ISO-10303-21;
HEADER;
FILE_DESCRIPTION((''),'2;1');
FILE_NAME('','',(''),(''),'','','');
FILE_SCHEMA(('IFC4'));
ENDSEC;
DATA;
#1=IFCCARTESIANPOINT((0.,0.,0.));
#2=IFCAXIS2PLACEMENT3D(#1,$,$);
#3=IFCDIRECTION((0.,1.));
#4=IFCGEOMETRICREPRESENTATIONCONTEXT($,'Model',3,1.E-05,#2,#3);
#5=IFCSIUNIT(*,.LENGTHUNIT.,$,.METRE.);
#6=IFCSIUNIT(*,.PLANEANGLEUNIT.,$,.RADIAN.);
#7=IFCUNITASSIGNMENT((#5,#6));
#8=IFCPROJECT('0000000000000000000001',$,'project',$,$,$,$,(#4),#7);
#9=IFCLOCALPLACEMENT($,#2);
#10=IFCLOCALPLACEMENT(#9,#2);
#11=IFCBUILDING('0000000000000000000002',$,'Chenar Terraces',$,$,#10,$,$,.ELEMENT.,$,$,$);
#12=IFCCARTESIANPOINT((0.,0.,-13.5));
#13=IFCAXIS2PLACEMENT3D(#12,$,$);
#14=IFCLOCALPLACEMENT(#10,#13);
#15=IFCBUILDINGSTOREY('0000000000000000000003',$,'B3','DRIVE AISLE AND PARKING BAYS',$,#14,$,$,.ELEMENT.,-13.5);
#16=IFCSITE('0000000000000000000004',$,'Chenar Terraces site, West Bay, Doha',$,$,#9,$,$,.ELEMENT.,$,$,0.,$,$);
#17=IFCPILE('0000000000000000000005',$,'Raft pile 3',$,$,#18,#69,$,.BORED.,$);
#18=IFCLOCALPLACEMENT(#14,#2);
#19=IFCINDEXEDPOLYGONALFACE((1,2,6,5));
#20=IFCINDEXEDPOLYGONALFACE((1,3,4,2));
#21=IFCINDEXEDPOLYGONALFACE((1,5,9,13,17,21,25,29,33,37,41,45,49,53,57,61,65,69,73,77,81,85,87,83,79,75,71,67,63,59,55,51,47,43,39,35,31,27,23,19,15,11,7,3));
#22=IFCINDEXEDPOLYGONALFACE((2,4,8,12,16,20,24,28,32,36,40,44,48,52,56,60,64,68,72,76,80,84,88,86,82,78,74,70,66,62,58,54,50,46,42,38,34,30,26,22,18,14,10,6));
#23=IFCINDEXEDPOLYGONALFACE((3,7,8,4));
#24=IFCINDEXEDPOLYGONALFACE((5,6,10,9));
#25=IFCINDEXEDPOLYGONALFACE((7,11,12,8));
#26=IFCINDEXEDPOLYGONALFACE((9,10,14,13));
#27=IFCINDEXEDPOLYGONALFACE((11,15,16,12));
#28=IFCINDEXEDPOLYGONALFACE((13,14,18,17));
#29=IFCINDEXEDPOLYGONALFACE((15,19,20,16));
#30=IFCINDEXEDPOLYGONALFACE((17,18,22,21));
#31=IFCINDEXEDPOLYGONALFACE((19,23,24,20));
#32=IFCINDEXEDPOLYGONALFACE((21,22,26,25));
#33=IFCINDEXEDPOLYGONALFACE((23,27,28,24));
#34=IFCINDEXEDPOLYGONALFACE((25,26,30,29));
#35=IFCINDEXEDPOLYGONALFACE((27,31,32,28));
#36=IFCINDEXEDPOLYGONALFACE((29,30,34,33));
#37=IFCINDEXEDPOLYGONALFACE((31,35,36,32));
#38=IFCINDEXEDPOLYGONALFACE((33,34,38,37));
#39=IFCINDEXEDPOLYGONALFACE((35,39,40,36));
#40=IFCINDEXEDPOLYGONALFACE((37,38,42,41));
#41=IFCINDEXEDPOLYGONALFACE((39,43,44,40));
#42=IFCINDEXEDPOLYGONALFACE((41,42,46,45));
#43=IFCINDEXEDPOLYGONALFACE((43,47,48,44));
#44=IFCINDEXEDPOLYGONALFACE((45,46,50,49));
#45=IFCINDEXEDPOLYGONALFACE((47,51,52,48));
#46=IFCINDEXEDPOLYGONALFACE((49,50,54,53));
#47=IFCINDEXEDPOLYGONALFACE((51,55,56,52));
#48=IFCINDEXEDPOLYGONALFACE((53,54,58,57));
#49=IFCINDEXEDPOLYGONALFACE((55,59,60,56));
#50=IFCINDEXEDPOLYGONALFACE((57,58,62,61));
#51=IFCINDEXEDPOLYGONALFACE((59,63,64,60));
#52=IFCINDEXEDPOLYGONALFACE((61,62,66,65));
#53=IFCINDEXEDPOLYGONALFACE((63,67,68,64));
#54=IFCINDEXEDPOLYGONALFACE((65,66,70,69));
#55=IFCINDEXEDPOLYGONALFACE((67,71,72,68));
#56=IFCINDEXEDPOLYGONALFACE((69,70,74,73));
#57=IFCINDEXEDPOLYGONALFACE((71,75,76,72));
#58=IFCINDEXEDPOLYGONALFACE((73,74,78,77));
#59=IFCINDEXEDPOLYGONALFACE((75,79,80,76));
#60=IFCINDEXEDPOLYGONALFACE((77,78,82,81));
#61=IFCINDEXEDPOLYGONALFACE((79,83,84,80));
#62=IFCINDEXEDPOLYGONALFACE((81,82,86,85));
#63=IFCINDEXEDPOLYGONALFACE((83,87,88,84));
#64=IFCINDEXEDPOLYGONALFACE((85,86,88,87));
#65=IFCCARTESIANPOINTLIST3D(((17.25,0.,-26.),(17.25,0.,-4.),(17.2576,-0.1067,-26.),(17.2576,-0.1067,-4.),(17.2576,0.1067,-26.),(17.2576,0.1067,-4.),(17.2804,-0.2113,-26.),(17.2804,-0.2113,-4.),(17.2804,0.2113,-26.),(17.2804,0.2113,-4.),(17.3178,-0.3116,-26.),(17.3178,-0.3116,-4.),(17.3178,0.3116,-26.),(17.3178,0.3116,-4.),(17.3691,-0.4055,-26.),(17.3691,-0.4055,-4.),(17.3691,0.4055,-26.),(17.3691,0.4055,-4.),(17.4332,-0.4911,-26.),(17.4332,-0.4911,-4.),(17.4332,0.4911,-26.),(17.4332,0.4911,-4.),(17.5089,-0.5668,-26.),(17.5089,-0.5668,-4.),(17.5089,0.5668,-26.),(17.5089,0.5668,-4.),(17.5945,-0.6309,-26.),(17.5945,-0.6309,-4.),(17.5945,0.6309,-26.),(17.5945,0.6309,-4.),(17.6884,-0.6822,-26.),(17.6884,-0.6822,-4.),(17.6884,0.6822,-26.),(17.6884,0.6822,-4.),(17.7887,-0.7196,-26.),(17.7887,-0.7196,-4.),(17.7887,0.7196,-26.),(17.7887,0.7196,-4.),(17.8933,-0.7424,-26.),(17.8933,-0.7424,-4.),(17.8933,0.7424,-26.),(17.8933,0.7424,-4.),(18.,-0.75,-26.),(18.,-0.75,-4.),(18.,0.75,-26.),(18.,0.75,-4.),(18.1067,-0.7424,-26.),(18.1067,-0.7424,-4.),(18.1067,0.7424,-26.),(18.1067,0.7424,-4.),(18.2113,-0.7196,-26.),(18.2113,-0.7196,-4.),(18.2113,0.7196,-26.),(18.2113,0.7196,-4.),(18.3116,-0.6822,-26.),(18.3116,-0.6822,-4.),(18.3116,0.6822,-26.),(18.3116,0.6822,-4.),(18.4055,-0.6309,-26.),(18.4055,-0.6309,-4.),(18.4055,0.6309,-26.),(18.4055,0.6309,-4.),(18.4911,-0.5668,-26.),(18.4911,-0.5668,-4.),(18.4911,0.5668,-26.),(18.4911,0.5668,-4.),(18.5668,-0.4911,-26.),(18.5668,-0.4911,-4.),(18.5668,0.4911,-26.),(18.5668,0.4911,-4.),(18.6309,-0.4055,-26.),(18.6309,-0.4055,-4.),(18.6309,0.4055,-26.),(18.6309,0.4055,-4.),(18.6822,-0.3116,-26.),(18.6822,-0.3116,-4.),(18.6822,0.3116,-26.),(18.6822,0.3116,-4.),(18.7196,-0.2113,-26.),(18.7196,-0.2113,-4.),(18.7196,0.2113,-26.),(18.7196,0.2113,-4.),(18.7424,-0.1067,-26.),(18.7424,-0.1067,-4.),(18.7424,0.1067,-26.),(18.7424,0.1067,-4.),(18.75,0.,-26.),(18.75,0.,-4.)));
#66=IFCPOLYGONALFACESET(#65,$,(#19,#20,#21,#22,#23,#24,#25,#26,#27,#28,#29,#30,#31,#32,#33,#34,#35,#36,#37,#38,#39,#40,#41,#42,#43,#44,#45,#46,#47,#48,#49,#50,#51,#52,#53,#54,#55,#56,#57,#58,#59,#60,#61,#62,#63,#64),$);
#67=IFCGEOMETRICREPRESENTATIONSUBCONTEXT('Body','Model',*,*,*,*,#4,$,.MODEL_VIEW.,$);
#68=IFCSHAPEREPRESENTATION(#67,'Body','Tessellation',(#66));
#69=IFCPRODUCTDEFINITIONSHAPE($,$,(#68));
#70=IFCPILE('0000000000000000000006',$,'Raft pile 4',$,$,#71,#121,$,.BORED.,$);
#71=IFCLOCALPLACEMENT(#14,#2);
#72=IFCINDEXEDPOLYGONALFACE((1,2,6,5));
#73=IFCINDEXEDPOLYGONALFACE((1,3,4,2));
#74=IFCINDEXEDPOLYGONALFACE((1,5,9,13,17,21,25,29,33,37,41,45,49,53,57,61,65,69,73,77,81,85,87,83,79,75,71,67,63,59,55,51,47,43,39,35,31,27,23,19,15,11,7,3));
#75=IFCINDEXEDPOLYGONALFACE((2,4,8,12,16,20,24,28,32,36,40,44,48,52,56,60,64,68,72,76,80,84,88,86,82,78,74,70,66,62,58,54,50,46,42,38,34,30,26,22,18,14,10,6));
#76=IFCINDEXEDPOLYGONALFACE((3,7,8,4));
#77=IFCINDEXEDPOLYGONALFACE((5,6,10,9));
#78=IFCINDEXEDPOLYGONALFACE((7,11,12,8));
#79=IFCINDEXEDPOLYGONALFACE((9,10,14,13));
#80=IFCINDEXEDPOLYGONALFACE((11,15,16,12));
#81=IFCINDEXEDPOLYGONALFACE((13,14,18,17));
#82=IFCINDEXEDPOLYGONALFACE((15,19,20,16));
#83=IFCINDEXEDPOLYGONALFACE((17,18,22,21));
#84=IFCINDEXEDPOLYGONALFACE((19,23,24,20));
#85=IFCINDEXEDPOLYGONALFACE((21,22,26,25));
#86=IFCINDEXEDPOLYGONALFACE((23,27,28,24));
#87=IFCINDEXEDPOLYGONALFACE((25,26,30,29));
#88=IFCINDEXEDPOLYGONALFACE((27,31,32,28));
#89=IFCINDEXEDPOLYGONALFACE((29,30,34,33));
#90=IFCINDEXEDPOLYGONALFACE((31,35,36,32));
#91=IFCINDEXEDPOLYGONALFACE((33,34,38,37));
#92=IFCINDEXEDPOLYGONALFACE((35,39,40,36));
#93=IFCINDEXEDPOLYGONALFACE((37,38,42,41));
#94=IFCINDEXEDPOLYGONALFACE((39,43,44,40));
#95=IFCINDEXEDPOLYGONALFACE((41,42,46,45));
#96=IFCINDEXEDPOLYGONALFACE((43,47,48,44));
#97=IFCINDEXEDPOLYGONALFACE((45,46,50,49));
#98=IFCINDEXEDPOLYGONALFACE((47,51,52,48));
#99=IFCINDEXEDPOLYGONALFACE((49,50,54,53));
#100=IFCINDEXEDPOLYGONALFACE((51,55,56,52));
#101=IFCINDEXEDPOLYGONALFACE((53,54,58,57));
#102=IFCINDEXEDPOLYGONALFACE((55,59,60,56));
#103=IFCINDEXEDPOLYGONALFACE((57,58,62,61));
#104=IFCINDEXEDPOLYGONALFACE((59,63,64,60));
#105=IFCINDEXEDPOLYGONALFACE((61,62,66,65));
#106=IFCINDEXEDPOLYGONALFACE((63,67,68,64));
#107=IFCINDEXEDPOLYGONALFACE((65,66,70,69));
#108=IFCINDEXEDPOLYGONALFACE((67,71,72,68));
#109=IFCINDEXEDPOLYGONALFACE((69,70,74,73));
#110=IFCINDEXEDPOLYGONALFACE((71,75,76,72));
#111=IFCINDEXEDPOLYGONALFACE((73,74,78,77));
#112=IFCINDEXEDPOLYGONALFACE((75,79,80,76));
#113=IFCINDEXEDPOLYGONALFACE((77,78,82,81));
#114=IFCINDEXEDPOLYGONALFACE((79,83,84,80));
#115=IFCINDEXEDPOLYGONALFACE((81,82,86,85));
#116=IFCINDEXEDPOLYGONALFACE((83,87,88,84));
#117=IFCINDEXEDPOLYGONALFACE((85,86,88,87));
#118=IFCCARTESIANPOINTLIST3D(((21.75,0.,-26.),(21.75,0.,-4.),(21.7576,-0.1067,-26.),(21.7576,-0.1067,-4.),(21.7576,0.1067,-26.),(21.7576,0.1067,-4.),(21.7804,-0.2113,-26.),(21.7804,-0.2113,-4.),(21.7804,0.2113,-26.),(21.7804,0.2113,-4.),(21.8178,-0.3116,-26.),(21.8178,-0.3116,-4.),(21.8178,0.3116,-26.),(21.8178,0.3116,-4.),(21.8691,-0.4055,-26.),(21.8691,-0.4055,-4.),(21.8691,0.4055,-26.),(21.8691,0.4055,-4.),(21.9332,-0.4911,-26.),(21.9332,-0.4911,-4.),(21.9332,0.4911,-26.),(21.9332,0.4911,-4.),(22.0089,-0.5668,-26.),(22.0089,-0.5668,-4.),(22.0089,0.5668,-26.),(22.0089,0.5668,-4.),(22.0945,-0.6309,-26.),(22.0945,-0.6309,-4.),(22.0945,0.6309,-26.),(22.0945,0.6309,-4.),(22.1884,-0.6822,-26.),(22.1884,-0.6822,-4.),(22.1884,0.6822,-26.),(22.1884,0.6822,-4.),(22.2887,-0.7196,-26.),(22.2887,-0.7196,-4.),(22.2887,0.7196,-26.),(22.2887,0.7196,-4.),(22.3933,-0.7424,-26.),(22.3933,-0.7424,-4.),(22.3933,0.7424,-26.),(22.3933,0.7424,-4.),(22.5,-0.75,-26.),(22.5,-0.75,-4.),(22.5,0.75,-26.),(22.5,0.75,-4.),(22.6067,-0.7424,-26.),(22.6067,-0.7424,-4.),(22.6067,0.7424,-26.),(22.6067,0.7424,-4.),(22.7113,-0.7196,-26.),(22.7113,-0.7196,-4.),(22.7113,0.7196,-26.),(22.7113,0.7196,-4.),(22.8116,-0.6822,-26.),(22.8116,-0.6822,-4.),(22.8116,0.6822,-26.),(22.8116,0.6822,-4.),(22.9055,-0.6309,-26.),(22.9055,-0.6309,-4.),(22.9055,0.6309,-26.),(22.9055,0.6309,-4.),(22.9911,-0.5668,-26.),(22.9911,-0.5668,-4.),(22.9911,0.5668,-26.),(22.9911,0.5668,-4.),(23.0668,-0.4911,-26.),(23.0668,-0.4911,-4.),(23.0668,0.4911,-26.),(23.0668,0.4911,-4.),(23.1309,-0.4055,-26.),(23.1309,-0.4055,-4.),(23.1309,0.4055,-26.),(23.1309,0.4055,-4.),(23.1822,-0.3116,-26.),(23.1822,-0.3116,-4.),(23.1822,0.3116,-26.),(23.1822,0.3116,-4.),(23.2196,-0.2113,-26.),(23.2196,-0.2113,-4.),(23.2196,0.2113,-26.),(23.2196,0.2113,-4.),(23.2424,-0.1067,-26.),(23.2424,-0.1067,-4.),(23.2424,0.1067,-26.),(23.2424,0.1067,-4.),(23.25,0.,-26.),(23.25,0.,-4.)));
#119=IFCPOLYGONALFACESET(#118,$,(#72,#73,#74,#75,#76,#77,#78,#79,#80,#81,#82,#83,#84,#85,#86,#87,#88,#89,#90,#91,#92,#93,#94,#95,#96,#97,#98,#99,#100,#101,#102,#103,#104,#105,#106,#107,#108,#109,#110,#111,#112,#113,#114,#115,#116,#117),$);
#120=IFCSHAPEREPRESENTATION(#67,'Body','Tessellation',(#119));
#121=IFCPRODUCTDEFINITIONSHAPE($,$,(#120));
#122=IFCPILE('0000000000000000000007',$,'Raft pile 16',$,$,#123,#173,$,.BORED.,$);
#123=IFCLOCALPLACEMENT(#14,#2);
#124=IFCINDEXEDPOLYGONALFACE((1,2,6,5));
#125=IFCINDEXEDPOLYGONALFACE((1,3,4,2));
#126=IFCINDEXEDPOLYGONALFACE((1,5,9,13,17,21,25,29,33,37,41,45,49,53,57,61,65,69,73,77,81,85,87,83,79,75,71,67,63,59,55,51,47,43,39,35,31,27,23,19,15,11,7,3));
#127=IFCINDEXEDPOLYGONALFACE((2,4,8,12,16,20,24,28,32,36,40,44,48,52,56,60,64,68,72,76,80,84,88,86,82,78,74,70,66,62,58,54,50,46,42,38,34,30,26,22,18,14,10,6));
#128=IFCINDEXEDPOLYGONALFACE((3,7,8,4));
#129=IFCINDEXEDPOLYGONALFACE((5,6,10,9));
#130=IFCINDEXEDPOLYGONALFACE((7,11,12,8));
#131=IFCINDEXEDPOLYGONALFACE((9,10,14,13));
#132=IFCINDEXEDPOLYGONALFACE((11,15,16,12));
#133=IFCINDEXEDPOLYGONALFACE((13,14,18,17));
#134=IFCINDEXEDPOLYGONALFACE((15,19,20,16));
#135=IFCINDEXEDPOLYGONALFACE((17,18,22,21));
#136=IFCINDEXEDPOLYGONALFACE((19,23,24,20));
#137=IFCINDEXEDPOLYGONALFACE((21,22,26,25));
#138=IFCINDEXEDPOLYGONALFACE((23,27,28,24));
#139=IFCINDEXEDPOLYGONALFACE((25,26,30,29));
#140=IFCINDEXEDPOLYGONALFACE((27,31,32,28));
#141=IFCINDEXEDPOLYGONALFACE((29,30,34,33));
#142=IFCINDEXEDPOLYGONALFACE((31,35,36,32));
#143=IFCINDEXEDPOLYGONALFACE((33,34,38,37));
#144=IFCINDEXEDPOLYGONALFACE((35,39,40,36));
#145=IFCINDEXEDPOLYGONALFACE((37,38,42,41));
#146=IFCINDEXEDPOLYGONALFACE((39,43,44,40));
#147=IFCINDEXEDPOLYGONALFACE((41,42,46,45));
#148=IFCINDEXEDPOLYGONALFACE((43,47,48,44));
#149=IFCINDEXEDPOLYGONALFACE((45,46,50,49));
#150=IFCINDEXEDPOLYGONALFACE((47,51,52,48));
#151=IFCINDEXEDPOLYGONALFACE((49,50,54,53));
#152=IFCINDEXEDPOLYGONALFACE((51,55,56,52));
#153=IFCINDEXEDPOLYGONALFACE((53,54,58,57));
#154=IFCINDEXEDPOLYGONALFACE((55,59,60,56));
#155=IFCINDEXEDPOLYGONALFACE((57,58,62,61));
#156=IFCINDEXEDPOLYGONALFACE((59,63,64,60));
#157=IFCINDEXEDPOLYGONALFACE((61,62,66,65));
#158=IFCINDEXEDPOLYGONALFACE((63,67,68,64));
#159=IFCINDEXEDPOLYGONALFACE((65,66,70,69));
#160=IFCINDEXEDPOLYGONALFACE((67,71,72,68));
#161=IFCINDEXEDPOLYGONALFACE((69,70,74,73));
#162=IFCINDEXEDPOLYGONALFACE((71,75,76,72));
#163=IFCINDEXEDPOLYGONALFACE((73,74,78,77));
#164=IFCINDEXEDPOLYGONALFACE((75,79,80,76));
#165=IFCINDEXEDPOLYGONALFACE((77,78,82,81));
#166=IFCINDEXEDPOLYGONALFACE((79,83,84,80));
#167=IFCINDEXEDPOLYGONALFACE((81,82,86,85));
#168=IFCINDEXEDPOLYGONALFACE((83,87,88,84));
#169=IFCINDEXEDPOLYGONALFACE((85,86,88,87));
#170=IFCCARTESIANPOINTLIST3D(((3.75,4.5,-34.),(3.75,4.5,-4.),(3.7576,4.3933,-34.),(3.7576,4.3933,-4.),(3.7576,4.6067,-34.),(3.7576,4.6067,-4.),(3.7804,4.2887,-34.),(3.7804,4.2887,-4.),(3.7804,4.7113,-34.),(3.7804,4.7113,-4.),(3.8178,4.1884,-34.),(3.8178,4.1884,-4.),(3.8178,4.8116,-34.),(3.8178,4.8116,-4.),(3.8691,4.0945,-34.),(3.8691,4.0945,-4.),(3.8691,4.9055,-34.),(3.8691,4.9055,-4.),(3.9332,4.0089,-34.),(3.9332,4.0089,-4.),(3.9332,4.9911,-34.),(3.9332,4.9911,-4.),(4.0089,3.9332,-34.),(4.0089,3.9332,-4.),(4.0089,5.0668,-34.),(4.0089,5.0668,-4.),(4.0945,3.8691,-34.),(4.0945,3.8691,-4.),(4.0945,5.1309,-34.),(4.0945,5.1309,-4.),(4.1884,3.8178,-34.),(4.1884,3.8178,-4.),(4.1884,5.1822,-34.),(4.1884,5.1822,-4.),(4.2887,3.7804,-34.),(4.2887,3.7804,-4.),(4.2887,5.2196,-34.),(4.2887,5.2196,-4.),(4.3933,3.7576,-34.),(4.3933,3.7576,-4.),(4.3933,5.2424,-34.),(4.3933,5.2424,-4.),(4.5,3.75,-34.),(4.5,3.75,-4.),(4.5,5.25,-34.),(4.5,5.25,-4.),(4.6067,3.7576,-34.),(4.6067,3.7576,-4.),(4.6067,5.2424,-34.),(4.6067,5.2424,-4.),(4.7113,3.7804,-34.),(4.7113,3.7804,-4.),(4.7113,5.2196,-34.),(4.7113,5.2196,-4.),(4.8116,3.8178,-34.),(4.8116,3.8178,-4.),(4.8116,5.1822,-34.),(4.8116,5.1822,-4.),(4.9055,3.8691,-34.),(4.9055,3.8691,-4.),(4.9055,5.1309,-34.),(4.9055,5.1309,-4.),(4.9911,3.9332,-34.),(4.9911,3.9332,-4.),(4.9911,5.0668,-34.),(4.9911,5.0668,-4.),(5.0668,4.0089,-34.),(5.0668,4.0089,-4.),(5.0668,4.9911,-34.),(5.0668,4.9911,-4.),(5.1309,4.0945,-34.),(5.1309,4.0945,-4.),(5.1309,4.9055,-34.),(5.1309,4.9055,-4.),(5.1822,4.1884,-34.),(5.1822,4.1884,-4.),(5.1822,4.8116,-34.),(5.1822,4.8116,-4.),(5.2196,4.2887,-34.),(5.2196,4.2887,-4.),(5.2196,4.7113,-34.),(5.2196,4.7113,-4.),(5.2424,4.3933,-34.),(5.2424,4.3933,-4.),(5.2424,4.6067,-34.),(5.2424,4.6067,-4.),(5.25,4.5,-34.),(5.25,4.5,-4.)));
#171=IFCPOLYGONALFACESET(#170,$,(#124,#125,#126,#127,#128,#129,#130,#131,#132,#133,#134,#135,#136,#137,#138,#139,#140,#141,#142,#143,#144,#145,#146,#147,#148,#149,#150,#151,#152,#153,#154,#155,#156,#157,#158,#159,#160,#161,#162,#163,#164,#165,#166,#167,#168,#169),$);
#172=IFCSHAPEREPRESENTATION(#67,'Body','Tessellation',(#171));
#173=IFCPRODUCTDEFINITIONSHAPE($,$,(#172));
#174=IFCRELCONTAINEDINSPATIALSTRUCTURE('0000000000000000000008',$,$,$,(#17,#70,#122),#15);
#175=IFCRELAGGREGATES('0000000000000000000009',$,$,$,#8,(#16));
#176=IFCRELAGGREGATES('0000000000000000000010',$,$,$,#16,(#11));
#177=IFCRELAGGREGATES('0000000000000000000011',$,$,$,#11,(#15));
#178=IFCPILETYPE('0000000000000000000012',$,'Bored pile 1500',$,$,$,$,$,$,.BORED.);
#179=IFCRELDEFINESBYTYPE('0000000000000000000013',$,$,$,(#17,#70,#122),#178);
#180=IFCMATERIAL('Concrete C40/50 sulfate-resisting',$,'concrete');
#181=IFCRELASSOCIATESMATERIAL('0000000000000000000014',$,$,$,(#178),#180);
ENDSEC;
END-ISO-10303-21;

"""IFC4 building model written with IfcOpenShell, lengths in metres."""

from ifc_helpers import new_model, si_unit, direction, frame, origin, origin_2d, place, context, subcontext, project, spatial, circle, extrude, material, material_profile, profile_set, type_object, element, save


model = new_model("IFC4")

# Units and contexts
model_context = context("Model", 3, precision=1e-05, world=origin(), true_north=direction((0.0, 1.0)))
body_context = subcontext(model_context, "Body", "Model", "MODEL_VIEW")
ifc_project = project(units=[si_unit("LENGTHUNIT", "METRE"), si_unit("PLANEANGLEUNIT", "RADIAN")], contexts=[model_context])

# Site, building, storey
site_placement = place(None, origin())
site = spatial("IfcSite", under=ifc_project, at=site_placement, Name="Chenar Terraces site, West Bay, Doha", CompositionType="ELEMENT", RefElevation=0.0)
building_placement = place(site_placement, origin())
building = spatial("IfcBuilding", under=site, at=building_placement, Name="Chenar Terraces", CompositionType="ELEMENT")
storey_placement = place(building_placement, frame((0.0, 0.0, -13.5)))
storey = spatial("IfcBuildingStorey", under=building, at=storey_placement, Name="B3", Description="DRIVE AISLE AND PARKING BAYS", CompositionType="ELEMENT", Elevation=-13.5)

# Piles
ifc_material_1 = material(Name="Concrete C40/50 sulfate-resisting", Category="concrete")
ifc_material_profile_1 = material_profile(ifc_material_1, circle(Radius=0.75, at=origin_2d()), Name="BP 1500")
ifc_profile_set_1 = profile_set([ifc_material_profile_1], Name="Concrete C40/50 sulfate-resisting")
pile_type_1 = type_object("IfcPileType", Name="Bored pile 1500", PredefinedType="BORED", material=ifc_profile_set_1)
for number, where, z_axis, x_axis, name in (
    (1, (18.0, 0.0, -4.0), (0.0, 0.0, -1.0), (1.0, 0.0, 0.0), "Raft pile 3"),
    (2, (22.5, 0.0, -4.0), (0.0, 0.0, -1.0), (1.0, 0.0, 0.0), "Raft pile 4"),
):
    element("IfcPile", number, at=place(storey_placement, frame(where, z_axis=z_axis, x_axis=x_axis)), inside=storey, type_object=pile_type_1, Name=name, PredefinedType="BORED", context=body_context, shape_type="SweptSolid", body=[
        extrude(circle(Radius=0.75, at=origin_2d()), origin(), (0.0, 0.0, 1.0), 22.0),
    ])
for number, where, z_axis, x_axis, name in (
    (3, (4.5, 4.5, -4.0), (0.0, 0.0, -1.0), (1.0, 0.0, 0.0), "Raft pile 16"),
):
    element("IfcPile", number, at=place(storey_placement, frame(where, z_axis=z_axis, x_axis=x_axis)), inside=storey, type_object=pile_type_1, Name=name, PredefinedType="BORED", context=body_context, shape_type="SweptSolid", body=[
        extrude(circle(Radius=0.75, at=origin_2d()), origin(), (0.0, 0.0, 1.0), 30.0),
    ])

save(model, "model.ifc")
